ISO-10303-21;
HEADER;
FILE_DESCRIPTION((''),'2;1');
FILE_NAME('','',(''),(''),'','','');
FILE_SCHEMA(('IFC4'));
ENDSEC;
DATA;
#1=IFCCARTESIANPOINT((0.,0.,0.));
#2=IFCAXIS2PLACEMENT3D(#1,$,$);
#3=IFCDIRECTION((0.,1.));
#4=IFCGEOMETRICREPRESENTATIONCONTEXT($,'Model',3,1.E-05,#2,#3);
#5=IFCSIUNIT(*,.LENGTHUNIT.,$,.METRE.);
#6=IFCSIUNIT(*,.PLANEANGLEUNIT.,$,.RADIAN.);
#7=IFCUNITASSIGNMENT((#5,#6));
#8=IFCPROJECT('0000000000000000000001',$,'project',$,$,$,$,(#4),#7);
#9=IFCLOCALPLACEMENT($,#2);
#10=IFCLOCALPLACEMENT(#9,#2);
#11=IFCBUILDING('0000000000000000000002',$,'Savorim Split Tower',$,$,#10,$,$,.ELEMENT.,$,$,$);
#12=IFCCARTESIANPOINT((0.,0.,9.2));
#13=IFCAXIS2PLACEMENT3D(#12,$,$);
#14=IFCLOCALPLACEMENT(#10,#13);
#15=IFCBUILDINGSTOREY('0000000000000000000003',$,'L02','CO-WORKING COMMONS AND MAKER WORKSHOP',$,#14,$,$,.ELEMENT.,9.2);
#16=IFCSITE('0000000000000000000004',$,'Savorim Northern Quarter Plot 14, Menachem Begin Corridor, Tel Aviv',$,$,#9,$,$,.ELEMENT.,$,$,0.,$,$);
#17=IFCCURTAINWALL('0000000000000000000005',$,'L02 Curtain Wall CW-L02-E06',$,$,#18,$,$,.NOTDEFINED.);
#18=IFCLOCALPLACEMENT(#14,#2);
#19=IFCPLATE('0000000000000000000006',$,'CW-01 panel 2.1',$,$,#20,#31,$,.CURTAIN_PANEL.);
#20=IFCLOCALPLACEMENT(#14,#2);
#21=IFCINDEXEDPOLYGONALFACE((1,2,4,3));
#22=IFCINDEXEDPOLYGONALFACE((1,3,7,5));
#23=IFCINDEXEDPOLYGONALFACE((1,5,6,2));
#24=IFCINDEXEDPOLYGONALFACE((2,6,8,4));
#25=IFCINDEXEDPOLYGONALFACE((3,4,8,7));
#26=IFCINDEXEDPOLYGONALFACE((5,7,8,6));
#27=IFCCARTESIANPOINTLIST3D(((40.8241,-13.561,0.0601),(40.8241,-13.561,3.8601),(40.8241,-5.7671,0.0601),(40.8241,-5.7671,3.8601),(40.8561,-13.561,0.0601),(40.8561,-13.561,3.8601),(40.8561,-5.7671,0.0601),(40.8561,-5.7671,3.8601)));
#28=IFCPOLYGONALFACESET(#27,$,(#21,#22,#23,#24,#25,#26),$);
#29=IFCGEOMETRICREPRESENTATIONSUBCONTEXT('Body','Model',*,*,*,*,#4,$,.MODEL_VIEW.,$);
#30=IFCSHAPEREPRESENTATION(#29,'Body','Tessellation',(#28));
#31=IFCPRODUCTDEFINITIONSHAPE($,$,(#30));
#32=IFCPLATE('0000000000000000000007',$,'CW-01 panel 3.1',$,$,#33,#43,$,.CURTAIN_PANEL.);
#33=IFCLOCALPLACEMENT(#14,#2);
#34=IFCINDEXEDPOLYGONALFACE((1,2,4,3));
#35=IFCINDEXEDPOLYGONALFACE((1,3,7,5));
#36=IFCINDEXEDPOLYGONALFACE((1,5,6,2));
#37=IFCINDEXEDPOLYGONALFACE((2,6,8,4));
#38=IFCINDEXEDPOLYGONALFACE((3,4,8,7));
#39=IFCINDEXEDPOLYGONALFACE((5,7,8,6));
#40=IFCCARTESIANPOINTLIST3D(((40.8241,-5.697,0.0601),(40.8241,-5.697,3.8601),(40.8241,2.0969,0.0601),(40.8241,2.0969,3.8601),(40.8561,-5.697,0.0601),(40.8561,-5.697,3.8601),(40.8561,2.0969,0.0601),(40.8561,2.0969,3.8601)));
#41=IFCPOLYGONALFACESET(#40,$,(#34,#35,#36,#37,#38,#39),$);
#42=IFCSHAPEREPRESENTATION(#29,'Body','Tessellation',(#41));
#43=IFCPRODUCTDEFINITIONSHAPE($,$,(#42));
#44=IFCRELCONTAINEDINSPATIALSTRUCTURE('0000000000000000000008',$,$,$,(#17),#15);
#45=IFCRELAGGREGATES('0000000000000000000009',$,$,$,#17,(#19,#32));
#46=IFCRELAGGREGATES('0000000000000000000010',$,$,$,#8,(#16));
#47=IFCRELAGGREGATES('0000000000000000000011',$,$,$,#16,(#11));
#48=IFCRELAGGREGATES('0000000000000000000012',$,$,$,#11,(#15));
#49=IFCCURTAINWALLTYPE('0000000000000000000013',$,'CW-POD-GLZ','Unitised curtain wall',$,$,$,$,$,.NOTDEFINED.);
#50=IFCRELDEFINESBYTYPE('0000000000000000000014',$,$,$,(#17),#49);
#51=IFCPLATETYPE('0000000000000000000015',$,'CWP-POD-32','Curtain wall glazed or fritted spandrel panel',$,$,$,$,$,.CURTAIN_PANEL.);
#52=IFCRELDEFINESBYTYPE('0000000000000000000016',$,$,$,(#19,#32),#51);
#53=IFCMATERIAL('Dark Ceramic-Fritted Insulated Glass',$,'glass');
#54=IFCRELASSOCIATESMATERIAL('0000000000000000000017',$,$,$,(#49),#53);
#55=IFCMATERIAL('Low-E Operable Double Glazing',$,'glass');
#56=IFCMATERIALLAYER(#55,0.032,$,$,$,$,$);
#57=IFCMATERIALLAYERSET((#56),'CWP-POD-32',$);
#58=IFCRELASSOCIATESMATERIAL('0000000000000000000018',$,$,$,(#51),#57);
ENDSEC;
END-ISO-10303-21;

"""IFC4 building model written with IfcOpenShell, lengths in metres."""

from ifc_helpers import new_model, si_unit, direction, frame, origin, origin_2d, place, context, subcontext, project, spatial, rectangle, extrude, material, layer, layer_set, type_object, element, aggregate, save


model = new_model("IFC4")

# Units and contexts
model_context = context("Model", 3, precision=1e-05, world=origin(), true_north=direction((0.0, 1.0)))
body_context = subcontext(model_context, "Body", "Model", "MODEL_VIEW")
ifc_project = project(units=[si_unit("LENGTHUNIT", "METRE"), si_unit("PLANEANGLEUNIT", "RADIAN")], contexts=[model_context])

# Site, building, storey
site_placement = place(None, origin())
site = spatial("IfcSite", under=ifc_project, at=site_placement, Name="Savorim Northern Quarter Plot 14, Menachem Begin Corridor, Tel Aviv", CompositionType="ELEMENT", RefElevation=0.0)
building_placement = place(site_placement, origin())
building = spatial("IfcBuilding", under=site, at=building_placement, Name="Savorim Split Tower", CompositionType="ELEMENT")
storey_placement = place(building_placement, frame((0.0, 0.0, 9.2)))
storey = spatial("IfcBuildingStorey", under=building, at=storey_placement, Name="L02", Description="CO-WORKING COMMONS AND MAKER WORKSHOP", CompositionType="ELEMENT", Elevation=9.2)

# Shared definitions
ifc_material_1 = material(Name="Dark Ceramic-Fritted Insulated Glass", Category="glass")
curtain_wall_type = type_object("IfcCurtainWallType", Name="CW-POD-GLZ", Description="Unitised curtain wall", PredefinedType="NOTDEFINED", material=ifc_material_1)

# Curtain wall
curtain_wall_1_placement = place(storey_placement, origin())
curtain_wall_1 = element("IfcCurtainWall", 1, at=curtain_wall_1_placement, inside=storey, type_object=curtain_wall_type, Name="L02 Curtain Wall CW-L02-E06", PredefinedType="NOTDEFINED")

# Plates
ifc_material_2 = material(Name="Low-E Operable Double Glazing", Category="glass")
ifc_layer = layer(ifc_material_2, 0.032)
ifc_layer_set = layer_set([ifc_layer], Name="CWP-POD-32")
plate_type = type_object("IfcPlateType", Name="CWP-POD-32", Description="Curtain wall glazed or fritted spandrel panel", PredefinedType="CURTAIN_PANEL", material=ifc_layer_set)
plate_1_placement = place(storey_placement, frame((40.8401, -9.6641, 0.0601), z_axis=(0.0, 0.0, 1.0), x_axis=(0.0, 1.0, 0.0)))
plate_1 = element("IfcPlate", 2, at=plate_1_placement, type_object=plate_type, Name="CW-01 panel 2.1", PredefinedType="CURTAIN_PANEL", context=body_context, shape_type="SweptSolid", body=[
    extrude(rectangle(XDim=7.7939, YDim=0.032, at=origin_2d()), origin(), (0.0, 0.0, 1.0), 3.8),
])
plate_2_placement = place(storey_placement, frame((40.8401, -1.8, 0.0601), z_axis=(0.0, 0.0, 1.0), x_axis=(0.0, 1.0, 0.0)))
plate_2 = element("IfcPlate", 3, at=plate_2_placement, type_object=plate_type, Name="CW-01 panel 3.1", PredefinedType="CURTAIN_PANEL", context=body_context, shape_type="SweptSolid", body=[
    extrude(rectangle(XDim=7.7939, YDim=0.032, at=origin_2d()), origin(), (0.0, 0.0, 1.0), 3.8),
])
aggregate(curtain_wall_1, [plate_1, plate_2])

save(model, "model.ifc")
